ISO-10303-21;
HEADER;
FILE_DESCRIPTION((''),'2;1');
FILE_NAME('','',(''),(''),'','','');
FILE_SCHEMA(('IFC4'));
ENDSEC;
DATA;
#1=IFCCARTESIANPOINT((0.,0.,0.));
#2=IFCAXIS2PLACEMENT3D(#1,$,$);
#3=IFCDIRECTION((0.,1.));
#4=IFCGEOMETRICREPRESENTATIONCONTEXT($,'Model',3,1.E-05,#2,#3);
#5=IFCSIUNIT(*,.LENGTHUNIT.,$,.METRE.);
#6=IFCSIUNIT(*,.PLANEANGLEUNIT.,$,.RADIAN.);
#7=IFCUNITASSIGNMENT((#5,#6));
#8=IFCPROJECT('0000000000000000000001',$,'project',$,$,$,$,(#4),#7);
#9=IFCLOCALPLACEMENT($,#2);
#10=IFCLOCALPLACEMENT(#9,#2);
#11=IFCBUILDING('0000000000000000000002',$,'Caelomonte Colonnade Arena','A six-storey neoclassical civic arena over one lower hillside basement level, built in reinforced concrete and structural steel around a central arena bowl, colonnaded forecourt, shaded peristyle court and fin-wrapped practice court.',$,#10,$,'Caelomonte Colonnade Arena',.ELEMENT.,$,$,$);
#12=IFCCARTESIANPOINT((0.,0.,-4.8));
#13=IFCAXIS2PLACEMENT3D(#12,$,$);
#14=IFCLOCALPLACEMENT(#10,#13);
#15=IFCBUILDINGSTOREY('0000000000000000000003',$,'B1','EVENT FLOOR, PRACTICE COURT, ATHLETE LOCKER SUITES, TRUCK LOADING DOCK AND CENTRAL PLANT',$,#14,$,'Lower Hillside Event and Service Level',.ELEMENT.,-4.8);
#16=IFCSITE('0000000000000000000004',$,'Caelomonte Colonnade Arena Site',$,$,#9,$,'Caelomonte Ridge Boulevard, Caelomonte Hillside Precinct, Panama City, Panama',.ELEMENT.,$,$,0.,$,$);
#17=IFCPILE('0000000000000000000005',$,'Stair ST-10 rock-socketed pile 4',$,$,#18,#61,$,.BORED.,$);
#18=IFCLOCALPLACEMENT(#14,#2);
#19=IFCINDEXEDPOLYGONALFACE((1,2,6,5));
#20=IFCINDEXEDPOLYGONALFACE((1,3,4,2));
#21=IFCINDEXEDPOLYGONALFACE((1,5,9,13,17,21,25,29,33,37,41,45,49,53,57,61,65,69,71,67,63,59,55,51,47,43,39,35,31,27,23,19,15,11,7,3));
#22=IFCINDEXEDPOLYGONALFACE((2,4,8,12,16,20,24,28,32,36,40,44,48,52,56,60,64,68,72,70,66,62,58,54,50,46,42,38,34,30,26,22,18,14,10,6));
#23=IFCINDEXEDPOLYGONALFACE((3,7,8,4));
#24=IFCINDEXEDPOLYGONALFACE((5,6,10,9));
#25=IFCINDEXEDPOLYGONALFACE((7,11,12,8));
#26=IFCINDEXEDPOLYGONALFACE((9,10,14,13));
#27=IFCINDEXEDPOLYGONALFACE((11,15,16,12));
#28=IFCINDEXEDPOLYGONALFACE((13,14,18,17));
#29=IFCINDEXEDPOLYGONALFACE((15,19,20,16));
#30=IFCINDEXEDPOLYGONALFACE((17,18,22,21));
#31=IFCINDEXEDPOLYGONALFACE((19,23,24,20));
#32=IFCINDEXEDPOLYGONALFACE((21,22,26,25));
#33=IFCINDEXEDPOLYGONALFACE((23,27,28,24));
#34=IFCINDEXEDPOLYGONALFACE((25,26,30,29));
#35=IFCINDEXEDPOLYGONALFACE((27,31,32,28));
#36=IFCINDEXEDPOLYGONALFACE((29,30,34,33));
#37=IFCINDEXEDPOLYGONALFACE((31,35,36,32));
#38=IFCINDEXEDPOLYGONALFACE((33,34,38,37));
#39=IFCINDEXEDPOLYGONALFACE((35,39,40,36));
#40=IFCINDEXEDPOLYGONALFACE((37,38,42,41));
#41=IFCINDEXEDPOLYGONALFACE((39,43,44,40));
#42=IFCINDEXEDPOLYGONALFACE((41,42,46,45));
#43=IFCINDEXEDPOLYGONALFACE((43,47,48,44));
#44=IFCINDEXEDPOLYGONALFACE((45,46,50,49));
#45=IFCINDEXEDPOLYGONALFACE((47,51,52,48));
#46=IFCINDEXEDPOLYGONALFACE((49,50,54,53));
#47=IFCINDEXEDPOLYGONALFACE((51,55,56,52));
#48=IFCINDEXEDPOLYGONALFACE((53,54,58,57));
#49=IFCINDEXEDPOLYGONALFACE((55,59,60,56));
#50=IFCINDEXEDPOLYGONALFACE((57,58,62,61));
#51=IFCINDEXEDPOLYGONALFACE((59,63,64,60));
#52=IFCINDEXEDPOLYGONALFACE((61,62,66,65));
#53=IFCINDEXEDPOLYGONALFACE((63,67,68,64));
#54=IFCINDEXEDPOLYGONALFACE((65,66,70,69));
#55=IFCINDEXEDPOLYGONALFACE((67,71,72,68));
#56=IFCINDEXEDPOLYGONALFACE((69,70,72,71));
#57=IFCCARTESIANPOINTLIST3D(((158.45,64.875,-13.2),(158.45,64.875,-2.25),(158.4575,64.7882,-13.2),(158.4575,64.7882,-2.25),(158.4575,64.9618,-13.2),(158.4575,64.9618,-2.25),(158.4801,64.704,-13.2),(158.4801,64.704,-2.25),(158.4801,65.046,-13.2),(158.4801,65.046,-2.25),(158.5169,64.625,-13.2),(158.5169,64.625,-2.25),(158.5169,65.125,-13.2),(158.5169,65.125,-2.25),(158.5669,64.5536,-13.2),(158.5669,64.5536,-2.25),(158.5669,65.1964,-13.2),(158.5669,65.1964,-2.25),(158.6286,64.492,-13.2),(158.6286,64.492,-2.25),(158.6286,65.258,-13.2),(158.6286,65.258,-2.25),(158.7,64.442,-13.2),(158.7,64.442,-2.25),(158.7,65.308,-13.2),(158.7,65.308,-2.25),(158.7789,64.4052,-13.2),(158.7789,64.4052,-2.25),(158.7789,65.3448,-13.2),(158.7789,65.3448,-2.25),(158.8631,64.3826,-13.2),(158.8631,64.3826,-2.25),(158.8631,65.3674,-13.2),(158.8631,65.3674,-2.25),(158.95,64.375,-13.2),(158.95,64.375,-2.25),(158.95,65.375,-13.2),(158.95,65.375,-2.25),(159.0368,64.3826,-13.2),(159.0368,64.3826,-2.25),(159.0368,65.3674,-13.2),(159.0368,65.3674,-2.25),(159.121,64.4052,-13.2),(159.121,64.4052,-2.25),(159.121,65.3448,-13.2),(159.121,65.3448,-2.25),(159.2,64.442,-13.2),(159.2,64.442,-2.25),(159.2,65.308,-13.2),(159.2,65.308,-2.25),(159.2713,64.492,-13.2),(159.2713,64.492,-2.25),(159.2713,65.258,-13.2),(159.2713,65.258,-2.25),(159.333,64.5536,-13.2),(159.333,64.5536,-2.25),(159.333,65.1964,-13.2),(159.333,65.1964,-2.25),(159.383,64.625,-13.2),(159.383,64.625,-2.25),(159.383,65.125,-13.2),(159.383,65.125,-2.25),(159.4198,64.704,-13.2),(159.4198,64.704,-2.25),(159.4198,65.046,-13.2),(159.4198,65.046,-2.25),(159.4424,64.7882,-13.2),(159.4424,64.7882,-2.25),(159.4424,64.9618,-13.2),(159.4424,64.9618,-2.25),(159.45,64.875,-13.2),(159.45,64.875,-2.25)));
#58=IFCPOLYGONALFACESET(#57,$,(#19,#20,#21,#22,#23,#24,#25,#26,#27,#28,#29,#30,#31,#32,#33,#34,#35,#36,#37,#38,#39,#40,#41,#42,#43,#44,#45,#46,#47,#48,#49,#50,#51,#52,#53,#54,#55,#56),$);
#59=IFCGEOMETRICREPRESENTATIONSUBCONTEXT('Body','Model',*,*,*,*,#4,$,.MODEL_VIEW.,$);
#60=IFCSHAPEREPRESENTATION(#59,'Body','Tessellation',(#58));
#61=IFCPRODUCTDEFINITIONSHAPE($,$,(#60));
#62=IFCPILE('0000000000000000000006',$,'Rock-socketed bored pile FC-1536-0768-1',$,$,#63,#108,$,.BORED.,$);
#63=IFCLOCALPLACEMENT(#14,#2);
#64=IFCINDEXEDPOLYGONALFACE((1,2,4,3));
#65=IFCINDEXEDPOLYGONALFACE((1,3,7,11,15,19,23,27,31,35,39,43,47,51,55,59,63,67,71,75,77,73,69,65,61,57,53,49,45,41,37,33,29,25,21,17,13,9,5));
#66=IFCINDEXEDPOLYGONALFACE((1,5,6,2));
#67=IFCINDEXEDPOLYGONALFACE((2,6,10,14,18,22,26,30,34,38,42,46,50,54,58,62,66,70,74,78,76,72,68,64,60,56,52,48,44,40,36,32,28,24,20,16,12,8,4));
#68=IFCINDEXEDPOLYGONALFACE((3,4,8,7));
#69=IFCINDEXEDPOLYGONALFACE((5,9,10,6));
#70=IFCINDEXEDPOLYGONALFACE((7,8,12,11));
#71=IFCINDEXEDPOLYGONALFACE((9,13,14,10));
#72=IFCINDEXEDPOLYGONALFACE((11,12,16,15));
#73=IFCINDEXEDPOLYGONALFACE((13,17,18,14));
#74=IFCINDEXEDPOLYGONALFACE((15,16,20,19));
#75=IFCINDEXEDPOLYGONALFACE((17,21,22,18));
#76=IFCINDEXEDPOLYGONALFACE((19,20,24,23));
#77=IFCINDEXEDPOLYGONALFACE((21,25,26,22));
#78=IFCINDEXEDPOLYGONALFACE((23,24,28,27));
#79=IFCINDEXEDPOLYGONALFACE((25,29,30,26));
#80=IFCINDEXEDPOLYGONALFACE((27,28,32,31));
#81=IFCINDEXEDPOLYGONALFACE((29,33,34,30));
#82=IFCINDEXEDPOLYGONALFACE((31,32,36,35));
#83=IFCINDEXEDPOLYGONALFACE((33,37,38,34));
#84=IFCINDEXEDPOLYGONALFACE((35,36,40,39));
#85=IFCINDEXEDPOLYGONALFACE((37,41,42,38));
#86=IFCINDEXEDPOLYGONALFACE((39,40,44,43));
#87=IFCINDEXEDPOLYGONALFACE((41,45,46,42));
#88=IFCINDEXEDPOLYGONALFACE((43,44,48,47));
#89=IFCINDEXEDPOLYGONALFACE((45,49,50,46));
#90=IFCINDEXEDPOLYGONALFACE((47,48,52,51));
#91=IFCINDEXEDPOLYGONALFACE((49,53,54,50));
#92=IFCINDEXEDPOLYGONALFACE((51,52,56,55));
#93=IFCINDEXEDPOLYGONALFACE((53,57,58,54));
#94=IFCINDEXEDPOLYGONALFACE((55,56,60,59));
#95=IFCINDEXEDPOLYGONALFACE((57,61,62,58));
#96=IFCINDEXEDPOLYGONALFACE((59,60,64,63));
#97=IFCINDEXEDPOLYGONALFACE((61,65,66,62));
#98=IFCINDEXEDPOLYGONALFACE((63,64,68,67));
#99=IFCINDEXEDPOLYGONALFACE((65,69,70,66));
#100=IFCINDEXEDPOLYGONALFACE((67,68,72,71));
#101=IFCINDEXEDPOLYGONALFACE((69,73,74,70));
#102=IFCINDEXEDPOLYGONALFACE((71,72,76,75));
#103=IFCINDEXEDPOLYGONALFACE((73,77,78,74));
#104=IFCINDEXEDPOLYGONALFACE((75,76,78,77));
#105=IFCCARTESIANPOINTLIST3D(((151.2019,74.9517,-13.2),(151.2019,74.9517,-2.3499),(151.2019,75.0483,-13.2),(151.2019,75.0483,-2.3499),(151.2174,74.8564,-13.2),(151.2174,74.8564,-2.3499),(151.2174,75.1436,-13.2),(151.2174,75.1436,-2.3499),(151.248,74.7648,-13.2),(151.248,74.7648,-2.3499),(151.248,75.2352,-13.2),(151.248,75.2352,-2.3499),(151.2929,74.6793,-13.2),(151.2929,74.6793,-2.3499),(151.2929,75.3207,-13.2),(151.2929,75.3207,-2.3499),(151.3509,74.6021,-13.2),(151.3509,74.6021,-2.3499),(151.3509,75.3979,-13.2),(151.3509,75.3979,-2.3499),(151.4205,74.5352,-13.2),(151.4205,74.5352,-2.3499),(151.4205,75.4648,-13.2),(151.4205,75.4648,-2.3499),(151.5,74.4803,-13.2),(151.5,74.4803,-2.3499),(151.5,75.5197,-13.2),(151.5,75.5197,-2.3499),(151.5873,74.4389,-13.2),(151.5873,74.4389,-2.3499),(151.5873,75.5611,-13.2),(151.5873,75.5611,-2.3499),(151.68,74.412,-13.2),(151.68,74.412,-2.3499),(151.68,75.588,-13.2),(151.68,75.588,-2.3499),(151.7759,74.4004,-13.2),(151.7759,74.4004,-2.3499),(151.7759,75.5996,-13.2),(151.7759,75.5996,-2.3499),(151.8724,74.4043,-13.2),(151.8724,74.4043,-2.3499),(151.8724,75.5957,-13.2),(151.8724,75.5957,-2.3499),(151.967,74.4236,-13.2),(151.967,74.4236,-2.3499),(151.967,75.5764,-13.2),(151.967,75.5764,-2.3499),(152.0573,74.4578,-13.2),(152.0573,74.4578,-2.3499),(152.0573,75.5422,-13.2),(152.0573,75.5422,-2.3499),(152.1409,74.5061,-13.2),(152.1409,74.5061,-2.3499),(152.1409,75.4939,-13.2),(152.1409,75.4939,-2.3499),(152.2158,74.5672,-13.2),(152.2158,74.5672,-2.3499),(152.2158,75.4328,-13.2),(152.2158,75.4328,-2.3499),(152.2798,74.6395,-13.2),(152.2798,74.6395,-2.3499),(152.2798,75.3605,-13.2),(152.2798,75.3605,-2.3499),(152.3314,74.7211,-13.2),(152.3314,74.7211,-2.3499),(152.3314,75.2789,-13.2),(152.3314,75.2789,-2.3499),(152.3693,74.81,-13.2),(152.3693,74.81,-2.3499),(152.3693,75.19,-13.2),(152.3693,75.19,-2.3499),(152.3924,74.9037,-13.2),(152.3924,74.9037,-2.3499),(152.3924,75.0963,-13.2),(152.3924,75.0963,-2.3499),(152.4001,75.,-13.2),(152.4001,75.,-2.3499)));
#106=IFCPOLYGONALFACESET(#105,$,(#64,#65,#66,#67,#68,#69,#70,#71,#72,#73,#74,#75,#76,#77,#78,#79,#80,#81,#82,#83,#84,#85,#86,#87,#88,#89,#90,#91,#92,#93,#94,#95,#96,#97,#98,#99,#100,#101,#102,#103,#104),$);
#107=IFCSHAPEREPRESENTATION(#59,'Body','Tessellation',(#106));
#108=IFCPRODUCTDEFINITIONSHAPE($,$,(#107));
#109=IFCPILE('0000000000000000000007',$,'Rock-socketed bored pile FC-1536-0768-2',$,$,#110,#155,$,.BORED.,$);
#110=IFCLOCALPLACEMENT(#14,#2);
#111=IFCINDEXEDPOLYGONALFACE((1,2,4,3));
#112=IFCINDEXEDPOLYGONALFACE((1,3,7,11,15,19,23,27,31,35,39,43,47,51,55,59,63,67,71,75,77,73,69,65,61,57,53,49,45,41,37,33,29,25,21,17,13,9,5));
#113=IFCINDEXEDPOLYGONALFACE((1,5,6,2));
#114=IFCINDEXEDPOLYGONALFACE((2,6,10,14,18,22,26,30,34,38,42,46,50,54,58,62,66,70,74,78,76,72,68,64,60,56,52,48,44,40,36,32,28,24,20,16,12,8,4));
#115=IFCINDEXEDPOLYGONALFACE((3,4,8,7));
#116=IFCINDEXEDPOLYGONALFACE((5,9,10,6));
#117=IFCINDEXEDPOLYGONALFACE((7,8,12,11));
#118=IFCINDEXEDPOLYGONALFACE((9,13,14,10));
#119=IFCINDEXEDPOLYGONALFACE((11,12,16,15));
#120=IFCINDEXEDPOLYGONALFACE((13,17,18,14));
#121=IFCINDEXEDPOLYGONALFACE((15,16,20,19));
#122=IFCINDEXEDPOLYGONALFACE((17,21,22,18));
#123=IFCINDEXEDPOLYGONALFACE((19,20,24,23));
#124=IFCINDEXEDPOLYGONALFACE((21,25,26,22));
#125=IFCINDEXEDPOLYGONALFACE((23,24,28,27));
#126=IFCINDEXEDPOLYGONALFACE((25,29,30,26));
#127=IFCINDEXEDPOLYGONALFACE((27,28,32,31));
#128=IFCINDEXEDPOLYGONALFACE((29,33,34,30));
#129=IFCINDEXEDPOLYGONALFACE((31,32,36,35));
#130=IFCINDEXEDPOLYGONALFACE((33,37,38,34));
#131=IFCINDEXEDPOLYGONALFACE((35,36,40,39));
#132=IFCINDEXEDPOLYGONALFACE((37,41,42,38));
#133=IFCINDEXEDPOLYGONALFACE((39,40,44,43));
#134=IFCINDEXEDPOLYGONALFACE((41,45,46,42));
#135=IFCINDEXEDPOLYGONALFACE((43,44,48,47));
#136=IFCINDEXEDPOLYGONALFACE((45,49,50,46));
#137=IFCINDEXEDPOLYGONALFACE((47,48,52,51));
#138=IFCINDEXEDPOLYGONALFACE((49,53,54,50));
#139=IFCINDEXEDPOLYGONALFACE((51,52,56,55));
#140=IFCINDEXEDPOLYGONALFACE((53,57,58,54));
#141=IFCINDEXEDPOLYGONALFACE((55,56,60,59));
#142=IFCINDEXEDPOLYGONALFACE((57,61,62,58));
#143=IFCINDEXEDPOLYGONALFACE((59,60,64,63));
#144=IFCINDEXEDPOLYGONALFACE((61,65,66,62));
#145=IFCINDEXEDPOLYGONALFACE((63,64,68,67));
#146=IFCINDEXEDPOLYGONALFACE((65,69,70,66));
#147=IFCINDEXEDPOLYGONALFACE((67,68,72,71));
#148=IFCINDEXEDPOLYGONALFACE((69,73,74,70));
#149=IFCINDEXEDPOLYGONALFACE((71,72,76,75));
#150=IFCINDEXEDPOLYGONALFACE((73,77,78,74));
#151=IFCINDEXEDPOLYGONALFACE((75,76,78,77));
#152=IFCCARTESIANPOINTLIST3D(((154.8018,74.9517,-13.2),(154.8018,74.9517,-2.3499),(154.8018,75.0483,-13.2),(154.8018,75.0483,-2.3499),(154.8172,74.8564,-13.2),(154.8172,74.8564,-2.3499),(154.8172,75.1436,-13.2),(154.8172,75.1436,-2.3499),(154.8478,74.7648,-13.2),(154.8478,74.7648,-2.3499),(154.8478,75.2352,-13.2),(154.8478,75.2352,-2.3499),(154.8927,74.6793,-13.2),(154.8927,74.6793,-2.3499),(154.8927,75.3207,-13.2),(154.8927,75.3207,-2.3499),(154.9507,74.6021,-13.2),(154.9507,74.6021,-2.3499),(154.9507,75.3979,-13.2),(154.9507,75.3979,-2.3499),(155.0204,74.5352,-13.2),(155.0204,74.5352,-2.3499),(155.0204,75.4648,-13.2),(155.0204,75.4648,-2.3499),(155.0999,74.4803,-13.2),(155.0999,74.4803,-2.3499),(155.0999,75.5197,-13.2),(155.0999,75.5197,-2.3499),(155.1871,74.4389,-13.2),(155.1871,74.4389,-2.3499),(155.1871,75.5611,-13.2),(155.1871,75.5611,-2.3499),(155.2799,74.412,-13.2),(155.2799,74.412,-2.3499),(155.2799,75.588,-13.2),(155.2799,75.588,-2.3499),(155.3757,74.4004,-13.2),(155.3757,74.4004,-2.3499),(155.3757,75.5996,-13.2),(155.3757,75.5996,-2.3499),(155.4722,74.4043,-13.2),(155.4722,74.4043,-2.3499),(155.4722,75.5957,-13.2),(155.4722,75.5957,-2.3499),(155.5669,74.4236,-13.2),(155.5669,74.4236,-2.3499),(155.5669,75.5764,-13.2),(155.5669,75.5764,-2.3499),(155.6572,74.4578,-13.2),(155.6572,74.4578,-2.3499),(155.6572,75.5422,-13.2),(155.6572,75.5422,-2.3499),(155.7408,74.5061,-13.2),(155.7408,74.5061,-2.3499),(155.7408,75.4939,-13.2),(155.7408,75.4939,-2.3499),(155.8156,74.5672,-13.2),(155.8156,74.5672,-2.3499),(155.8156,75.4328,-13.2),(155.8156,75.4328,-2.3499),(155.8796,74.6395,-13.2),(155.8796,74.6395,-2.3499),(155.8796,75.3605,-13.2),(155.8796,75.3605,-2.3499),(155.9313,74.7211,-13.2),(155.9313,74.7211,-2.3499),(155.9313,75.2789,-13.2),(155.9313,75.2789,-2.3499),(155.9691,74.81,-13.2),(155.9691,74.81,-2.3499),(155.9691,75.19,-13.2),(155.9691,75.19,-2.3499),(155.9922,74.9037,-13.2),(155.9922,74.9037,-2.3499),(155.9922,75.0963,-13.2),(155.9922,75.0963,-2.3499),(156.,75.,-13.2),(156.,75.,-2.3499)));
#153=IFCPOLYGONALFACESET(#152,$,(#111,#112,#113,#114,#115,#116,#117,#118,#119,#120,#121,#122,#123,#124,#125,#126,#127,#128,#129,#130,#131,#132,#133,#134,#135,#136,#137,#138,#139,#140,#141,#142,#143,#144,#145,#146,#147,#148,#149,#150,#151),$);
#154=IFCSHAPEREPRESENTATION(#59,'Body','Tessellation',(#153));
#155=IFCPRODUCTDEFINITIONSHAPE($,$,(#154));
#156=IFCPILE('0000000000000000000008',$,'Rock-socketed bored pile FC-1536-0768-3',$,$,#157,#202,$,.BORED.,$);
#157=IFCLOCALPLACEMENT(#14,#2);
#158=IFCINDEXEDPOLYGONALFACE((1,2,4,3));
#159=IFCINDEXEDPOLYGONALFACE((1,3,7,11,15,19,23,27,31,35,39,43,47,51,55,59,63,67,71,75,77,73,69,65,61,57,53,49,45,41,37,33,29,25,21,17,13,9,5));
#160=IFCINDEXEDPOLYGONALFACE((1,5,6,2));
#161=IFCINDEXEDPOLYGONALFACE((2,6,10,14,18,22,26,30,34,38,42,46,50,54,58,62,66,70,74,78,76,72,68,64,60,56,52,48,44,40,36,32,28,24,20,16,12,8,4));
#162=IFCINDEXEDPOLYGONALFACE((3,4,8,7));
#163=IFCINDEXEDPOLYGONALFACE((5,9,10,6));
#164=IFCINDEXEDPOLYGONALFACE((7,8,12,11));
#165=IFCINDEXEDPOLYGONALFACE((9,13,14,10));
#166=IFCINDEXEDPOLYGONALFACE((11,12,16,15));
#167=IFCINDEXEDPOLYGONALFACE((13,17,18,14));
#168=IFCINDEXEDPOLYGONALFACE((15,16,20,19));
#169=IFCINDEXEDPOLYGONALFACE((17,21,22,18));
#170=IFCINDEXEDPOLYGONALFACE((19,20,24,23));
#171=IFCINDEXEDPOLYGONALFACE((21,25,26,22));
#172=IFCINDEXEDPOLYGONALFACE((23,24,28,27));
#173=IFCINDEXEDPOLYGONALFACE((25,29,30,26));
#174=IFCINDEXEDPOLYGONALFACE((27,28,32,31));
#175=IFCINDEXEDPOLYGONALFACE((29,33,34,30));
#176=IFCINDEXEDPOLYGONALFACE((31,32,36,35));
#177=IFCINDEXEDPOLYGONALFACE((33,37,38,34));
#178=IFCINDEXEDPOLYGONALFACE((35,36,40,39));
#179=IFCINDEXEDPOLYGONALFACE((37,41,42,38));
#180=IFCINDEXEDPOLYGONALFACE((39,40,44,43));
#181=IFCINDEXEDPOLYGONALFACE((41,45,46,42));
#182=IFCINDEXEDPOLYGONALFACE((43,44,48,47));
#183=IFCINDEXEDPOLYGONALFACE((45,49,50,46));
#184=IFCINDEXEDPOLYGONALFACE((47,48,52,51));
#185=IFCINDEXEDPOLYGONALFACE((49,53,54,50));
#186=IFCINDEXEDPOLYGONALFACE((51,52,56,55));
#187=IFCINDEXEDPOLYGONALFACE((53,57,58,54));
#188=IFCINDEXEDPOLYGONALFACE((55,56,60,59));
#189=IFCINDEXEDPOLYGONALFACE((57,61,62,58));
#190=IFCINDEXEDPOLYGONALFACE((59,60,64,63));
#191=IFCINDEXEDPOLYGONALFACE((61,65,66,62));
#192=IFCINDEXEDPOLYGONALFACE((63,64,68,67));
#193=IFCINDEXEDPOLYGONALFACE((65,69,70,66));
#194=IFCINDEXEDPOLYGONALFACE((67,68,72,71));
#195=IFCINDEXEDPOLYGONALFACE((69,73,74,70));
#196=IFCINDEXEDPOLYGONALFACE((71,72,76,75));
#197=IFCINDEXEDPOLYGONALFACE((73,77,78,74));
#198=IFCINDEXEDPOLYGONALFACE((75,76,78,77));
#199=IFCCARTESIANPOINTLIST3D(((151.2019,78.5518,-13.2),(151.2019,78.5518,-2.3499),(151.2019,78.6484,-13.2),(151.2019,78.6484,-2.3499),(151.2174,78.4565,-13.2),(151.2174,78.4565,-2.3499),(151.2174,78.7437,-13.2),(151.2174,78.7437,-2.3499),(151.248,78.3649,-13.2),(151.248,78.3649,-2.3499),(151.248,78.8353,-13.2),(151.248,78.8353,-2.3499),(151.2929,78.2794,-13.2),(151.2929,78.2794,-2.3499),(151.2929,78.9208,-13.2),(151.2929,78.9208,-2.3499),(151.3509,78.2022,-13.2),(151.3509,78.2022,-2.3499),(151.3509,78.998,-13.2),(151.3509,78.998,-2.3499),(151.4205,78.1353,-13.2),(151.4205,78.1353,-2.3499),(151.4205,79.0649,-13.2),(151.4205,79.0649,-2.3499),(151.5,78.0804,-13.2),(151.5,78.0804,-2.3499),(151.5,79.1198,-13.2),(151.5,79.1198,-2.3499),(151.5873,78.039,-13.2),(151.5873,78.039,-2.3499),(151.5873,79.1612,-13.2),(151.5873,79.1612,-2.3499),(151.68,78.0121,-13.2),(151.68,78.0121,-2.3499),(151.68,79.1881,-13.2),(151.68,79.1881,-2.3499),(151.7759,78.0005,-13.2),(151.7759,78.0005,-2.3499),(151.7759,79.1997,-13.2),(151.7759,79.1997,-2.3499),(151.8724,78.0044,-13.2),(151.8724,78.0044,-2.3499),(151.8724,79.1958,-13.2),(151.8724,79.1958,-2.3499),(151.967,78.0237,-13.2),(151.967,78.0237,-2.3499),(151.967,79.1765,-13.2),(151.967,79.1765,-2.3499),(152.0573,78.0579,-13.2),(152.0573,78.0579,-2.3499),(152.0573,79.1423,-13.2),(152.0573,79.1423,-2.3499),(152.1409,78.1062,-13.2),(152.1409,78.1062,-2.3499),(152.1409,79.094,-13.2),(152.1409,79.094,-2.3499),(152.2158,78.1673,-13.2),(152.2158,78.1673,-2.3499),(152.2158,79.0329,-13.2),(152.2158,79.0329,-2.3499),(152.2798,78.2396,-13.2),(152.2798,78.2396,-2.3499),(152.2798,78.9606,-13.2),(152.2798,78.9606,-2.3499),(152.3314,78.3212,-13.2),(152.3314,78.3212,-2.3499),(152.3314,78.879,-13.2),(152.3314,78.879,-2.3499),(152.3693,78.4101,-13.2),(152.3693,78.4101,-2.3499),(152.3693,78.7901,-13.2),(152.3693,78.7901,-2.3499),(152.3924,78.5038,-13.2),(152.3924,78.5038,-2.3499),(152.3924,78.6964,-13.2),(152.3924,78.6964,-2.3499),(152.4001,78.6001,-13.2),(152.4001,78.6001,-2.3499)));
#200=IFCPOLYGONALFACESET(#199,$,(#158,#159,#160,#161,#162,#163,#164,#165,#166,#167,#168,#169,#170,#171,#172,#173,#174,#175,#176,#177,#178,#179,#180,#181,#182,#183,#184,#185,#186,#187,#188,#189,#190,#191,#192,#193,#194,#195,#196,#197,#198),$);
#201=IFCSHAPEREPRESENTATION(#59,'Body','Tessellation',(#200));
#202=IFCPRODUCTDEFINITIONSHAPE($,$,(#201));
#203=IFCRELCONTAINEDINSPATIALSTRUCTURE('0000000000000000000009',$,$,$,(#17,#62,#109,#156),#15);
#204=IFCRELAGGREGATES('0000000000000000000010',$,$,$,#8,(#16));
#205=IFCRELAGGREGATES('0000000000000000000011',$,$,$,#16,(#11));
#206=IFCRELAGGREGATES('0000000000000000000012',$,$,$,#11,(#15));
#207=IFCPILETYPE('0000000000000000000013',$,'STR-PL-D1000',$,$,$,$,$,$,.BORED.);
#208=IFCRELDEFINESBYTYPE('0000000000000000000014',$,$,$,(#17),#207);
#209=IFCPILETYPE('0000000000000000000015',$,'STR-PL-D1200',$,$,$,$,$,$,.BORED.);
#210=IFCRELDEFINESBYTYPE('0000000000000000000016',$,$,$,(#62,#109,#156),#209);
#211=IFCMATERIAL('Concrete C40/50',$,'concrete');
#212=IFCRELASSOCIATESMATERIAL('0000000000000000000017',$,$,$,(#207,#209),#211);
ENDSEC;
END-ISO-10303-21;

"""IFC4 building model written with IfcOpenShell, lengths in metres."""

from ifc_helpers import new_model, si_unit, direction, frame, origin, origin_2d, place, context, subcontext, project, spatial, circle, extrude, material, material_profile, profile_set, type_object, element, save


model = new_model("IFC4")

# Units and contexts
model_context = context("Model", 3, precision=1e-05, world=origin(), true_north=direction((0.0, 1.0)))
body_context = subcontext(model_context, "Body", "Model", "MODEL_VIEW")
ifc_project = project(units=[si_unit("LENGTHUNIT", "METRE"), si_unit("PLANEANGLEUNIT", "RADIAN")], contexts=[model_context])

# Site, building, storey
site_placement = place(None, origin())
site = spatial("IfcSite", under=ifc_project, at=site_placement, Name="Caelomonte Colonnade Arena Site", LongName="Caelomonte Ridge Boulevard, Caelomonte Hillside Precinct, Panama City, Panama", CompositionType="ELEMENT", RefElevation=0.0)
building_placement = place(site_placement, origin())
building = spatial("IfcBuilding", under=site, at=building_placement, Name="Caelomonte Colonnade Arena", Description="A six-storey neoclassical civic arena over one lower hillside basement level, built in reinforced concrete and structural steel around a central arena bowl, colonnaded forecourt, shaded peristyle court and fin-wrapped practice court.", LongName="Caelomonte Colonnade Arena", CompositionType="ELEMENT")
storey_placement = place(building_placement, frame((0.0, 0.0, -4.8)))
storey = spatial("IfcBuildingStorey", under=building, at=storey_placement, Name="B1", Description="EVENT FLOOR, PRACTICE COURT, ATHLETE LOCKER SUITES, TRUCK LOADING DOCK AND CENTRAL PLANT", LongName="Lower Hillside Event and Service Level", CompositionType="ELEMENT", Elevation=-4.8)

# Shared definitions
ifc_material_1 = material(Name="Concrete C40/50", Category="concrete")

# Piles
ifc_material_profile_1 = material_profile(ifc_material_1, circle(Radius=0.5, at=origin_2d()), Name="PILE-D1000")
ifc_profile_set_1 = profile_set([ifc_material_profile_1], Name="Concrete C40/50")
pile_type_1 = type_object("IfcPileType", Name="STR-PL-D1000", PredefinedType="BORED", material=ifc_profile_set_1)
for number, where, z_axis, x_axis, name in (
    (1, (158.95, 64.875, -2.25), (0.0, 0.0, -1.0), (1.0, 0.0, 0.0), "Stair ST-10 rock-socketed pile 4"),
):
    element("IfcPile", number, at=place(storey_placement, frame(where, z_axis=z_axis, x_axis=x_axis)), inside=storey, type_object=pile_type_1, Name=name, PredefinedType="BORED", context=body_context, shape_type="SweptSolid", body=[
        extrude(circle(Radius=0.5, at=origin_2d()), origin(), (0.0, 0.0, 1.0), 10.95),
    ])
ifc_material_profile_2 = material_profile(ifc_material_1, circle(Radius=0.6001, at=origin_2d()), Name="PILE-D1200")
ifc_profile_set_2 = profile_set([ifc_material_profile_2], Name="Concrete C40/50")
pile_type_2 = type_object("IfcPileType", Name="STR-PL-D1200", PredefinedType="BORED", material=ifc_profile_set_2)
for number, where, z_axis, x_axis, name in (
    (2, (151.8, 75.0, -2.3499), (0.0, 0.0, -1.0), (1.0, 0.0, 0.0), "Rock-socketed bored pile FC-1536-0768-1"),
    (3, (155.3999, 75.0, -2.3499), (0.0, 0.0, -1.0), (1.0, 0.0, 0.0), "Rock-socketed bored pile FC-1536-0768-2"),
    (4, (151.8, 78.6001, -2.3499), (0.0, 0.0, -1.0), (1.0, 0.0, 0.0), "Rock-socketed bored pile FC-1536-0768-3"),
):
    element("IfcPile", number, at=place(storey_placement, frame(where, z_axis=z_axis, x_axis=x_axis)), inside=storey, type_object=pile_type_2, Name=name, PredefinedType="BORED", context=body_context, shape_type="SweptSolid", body=[
        extrude(circle(Radius=0.6001, at=origin_2d()), origin(), (0.0, 0.0, 1.0), 10.8501),
    ])

save(model, "model.ifc")
